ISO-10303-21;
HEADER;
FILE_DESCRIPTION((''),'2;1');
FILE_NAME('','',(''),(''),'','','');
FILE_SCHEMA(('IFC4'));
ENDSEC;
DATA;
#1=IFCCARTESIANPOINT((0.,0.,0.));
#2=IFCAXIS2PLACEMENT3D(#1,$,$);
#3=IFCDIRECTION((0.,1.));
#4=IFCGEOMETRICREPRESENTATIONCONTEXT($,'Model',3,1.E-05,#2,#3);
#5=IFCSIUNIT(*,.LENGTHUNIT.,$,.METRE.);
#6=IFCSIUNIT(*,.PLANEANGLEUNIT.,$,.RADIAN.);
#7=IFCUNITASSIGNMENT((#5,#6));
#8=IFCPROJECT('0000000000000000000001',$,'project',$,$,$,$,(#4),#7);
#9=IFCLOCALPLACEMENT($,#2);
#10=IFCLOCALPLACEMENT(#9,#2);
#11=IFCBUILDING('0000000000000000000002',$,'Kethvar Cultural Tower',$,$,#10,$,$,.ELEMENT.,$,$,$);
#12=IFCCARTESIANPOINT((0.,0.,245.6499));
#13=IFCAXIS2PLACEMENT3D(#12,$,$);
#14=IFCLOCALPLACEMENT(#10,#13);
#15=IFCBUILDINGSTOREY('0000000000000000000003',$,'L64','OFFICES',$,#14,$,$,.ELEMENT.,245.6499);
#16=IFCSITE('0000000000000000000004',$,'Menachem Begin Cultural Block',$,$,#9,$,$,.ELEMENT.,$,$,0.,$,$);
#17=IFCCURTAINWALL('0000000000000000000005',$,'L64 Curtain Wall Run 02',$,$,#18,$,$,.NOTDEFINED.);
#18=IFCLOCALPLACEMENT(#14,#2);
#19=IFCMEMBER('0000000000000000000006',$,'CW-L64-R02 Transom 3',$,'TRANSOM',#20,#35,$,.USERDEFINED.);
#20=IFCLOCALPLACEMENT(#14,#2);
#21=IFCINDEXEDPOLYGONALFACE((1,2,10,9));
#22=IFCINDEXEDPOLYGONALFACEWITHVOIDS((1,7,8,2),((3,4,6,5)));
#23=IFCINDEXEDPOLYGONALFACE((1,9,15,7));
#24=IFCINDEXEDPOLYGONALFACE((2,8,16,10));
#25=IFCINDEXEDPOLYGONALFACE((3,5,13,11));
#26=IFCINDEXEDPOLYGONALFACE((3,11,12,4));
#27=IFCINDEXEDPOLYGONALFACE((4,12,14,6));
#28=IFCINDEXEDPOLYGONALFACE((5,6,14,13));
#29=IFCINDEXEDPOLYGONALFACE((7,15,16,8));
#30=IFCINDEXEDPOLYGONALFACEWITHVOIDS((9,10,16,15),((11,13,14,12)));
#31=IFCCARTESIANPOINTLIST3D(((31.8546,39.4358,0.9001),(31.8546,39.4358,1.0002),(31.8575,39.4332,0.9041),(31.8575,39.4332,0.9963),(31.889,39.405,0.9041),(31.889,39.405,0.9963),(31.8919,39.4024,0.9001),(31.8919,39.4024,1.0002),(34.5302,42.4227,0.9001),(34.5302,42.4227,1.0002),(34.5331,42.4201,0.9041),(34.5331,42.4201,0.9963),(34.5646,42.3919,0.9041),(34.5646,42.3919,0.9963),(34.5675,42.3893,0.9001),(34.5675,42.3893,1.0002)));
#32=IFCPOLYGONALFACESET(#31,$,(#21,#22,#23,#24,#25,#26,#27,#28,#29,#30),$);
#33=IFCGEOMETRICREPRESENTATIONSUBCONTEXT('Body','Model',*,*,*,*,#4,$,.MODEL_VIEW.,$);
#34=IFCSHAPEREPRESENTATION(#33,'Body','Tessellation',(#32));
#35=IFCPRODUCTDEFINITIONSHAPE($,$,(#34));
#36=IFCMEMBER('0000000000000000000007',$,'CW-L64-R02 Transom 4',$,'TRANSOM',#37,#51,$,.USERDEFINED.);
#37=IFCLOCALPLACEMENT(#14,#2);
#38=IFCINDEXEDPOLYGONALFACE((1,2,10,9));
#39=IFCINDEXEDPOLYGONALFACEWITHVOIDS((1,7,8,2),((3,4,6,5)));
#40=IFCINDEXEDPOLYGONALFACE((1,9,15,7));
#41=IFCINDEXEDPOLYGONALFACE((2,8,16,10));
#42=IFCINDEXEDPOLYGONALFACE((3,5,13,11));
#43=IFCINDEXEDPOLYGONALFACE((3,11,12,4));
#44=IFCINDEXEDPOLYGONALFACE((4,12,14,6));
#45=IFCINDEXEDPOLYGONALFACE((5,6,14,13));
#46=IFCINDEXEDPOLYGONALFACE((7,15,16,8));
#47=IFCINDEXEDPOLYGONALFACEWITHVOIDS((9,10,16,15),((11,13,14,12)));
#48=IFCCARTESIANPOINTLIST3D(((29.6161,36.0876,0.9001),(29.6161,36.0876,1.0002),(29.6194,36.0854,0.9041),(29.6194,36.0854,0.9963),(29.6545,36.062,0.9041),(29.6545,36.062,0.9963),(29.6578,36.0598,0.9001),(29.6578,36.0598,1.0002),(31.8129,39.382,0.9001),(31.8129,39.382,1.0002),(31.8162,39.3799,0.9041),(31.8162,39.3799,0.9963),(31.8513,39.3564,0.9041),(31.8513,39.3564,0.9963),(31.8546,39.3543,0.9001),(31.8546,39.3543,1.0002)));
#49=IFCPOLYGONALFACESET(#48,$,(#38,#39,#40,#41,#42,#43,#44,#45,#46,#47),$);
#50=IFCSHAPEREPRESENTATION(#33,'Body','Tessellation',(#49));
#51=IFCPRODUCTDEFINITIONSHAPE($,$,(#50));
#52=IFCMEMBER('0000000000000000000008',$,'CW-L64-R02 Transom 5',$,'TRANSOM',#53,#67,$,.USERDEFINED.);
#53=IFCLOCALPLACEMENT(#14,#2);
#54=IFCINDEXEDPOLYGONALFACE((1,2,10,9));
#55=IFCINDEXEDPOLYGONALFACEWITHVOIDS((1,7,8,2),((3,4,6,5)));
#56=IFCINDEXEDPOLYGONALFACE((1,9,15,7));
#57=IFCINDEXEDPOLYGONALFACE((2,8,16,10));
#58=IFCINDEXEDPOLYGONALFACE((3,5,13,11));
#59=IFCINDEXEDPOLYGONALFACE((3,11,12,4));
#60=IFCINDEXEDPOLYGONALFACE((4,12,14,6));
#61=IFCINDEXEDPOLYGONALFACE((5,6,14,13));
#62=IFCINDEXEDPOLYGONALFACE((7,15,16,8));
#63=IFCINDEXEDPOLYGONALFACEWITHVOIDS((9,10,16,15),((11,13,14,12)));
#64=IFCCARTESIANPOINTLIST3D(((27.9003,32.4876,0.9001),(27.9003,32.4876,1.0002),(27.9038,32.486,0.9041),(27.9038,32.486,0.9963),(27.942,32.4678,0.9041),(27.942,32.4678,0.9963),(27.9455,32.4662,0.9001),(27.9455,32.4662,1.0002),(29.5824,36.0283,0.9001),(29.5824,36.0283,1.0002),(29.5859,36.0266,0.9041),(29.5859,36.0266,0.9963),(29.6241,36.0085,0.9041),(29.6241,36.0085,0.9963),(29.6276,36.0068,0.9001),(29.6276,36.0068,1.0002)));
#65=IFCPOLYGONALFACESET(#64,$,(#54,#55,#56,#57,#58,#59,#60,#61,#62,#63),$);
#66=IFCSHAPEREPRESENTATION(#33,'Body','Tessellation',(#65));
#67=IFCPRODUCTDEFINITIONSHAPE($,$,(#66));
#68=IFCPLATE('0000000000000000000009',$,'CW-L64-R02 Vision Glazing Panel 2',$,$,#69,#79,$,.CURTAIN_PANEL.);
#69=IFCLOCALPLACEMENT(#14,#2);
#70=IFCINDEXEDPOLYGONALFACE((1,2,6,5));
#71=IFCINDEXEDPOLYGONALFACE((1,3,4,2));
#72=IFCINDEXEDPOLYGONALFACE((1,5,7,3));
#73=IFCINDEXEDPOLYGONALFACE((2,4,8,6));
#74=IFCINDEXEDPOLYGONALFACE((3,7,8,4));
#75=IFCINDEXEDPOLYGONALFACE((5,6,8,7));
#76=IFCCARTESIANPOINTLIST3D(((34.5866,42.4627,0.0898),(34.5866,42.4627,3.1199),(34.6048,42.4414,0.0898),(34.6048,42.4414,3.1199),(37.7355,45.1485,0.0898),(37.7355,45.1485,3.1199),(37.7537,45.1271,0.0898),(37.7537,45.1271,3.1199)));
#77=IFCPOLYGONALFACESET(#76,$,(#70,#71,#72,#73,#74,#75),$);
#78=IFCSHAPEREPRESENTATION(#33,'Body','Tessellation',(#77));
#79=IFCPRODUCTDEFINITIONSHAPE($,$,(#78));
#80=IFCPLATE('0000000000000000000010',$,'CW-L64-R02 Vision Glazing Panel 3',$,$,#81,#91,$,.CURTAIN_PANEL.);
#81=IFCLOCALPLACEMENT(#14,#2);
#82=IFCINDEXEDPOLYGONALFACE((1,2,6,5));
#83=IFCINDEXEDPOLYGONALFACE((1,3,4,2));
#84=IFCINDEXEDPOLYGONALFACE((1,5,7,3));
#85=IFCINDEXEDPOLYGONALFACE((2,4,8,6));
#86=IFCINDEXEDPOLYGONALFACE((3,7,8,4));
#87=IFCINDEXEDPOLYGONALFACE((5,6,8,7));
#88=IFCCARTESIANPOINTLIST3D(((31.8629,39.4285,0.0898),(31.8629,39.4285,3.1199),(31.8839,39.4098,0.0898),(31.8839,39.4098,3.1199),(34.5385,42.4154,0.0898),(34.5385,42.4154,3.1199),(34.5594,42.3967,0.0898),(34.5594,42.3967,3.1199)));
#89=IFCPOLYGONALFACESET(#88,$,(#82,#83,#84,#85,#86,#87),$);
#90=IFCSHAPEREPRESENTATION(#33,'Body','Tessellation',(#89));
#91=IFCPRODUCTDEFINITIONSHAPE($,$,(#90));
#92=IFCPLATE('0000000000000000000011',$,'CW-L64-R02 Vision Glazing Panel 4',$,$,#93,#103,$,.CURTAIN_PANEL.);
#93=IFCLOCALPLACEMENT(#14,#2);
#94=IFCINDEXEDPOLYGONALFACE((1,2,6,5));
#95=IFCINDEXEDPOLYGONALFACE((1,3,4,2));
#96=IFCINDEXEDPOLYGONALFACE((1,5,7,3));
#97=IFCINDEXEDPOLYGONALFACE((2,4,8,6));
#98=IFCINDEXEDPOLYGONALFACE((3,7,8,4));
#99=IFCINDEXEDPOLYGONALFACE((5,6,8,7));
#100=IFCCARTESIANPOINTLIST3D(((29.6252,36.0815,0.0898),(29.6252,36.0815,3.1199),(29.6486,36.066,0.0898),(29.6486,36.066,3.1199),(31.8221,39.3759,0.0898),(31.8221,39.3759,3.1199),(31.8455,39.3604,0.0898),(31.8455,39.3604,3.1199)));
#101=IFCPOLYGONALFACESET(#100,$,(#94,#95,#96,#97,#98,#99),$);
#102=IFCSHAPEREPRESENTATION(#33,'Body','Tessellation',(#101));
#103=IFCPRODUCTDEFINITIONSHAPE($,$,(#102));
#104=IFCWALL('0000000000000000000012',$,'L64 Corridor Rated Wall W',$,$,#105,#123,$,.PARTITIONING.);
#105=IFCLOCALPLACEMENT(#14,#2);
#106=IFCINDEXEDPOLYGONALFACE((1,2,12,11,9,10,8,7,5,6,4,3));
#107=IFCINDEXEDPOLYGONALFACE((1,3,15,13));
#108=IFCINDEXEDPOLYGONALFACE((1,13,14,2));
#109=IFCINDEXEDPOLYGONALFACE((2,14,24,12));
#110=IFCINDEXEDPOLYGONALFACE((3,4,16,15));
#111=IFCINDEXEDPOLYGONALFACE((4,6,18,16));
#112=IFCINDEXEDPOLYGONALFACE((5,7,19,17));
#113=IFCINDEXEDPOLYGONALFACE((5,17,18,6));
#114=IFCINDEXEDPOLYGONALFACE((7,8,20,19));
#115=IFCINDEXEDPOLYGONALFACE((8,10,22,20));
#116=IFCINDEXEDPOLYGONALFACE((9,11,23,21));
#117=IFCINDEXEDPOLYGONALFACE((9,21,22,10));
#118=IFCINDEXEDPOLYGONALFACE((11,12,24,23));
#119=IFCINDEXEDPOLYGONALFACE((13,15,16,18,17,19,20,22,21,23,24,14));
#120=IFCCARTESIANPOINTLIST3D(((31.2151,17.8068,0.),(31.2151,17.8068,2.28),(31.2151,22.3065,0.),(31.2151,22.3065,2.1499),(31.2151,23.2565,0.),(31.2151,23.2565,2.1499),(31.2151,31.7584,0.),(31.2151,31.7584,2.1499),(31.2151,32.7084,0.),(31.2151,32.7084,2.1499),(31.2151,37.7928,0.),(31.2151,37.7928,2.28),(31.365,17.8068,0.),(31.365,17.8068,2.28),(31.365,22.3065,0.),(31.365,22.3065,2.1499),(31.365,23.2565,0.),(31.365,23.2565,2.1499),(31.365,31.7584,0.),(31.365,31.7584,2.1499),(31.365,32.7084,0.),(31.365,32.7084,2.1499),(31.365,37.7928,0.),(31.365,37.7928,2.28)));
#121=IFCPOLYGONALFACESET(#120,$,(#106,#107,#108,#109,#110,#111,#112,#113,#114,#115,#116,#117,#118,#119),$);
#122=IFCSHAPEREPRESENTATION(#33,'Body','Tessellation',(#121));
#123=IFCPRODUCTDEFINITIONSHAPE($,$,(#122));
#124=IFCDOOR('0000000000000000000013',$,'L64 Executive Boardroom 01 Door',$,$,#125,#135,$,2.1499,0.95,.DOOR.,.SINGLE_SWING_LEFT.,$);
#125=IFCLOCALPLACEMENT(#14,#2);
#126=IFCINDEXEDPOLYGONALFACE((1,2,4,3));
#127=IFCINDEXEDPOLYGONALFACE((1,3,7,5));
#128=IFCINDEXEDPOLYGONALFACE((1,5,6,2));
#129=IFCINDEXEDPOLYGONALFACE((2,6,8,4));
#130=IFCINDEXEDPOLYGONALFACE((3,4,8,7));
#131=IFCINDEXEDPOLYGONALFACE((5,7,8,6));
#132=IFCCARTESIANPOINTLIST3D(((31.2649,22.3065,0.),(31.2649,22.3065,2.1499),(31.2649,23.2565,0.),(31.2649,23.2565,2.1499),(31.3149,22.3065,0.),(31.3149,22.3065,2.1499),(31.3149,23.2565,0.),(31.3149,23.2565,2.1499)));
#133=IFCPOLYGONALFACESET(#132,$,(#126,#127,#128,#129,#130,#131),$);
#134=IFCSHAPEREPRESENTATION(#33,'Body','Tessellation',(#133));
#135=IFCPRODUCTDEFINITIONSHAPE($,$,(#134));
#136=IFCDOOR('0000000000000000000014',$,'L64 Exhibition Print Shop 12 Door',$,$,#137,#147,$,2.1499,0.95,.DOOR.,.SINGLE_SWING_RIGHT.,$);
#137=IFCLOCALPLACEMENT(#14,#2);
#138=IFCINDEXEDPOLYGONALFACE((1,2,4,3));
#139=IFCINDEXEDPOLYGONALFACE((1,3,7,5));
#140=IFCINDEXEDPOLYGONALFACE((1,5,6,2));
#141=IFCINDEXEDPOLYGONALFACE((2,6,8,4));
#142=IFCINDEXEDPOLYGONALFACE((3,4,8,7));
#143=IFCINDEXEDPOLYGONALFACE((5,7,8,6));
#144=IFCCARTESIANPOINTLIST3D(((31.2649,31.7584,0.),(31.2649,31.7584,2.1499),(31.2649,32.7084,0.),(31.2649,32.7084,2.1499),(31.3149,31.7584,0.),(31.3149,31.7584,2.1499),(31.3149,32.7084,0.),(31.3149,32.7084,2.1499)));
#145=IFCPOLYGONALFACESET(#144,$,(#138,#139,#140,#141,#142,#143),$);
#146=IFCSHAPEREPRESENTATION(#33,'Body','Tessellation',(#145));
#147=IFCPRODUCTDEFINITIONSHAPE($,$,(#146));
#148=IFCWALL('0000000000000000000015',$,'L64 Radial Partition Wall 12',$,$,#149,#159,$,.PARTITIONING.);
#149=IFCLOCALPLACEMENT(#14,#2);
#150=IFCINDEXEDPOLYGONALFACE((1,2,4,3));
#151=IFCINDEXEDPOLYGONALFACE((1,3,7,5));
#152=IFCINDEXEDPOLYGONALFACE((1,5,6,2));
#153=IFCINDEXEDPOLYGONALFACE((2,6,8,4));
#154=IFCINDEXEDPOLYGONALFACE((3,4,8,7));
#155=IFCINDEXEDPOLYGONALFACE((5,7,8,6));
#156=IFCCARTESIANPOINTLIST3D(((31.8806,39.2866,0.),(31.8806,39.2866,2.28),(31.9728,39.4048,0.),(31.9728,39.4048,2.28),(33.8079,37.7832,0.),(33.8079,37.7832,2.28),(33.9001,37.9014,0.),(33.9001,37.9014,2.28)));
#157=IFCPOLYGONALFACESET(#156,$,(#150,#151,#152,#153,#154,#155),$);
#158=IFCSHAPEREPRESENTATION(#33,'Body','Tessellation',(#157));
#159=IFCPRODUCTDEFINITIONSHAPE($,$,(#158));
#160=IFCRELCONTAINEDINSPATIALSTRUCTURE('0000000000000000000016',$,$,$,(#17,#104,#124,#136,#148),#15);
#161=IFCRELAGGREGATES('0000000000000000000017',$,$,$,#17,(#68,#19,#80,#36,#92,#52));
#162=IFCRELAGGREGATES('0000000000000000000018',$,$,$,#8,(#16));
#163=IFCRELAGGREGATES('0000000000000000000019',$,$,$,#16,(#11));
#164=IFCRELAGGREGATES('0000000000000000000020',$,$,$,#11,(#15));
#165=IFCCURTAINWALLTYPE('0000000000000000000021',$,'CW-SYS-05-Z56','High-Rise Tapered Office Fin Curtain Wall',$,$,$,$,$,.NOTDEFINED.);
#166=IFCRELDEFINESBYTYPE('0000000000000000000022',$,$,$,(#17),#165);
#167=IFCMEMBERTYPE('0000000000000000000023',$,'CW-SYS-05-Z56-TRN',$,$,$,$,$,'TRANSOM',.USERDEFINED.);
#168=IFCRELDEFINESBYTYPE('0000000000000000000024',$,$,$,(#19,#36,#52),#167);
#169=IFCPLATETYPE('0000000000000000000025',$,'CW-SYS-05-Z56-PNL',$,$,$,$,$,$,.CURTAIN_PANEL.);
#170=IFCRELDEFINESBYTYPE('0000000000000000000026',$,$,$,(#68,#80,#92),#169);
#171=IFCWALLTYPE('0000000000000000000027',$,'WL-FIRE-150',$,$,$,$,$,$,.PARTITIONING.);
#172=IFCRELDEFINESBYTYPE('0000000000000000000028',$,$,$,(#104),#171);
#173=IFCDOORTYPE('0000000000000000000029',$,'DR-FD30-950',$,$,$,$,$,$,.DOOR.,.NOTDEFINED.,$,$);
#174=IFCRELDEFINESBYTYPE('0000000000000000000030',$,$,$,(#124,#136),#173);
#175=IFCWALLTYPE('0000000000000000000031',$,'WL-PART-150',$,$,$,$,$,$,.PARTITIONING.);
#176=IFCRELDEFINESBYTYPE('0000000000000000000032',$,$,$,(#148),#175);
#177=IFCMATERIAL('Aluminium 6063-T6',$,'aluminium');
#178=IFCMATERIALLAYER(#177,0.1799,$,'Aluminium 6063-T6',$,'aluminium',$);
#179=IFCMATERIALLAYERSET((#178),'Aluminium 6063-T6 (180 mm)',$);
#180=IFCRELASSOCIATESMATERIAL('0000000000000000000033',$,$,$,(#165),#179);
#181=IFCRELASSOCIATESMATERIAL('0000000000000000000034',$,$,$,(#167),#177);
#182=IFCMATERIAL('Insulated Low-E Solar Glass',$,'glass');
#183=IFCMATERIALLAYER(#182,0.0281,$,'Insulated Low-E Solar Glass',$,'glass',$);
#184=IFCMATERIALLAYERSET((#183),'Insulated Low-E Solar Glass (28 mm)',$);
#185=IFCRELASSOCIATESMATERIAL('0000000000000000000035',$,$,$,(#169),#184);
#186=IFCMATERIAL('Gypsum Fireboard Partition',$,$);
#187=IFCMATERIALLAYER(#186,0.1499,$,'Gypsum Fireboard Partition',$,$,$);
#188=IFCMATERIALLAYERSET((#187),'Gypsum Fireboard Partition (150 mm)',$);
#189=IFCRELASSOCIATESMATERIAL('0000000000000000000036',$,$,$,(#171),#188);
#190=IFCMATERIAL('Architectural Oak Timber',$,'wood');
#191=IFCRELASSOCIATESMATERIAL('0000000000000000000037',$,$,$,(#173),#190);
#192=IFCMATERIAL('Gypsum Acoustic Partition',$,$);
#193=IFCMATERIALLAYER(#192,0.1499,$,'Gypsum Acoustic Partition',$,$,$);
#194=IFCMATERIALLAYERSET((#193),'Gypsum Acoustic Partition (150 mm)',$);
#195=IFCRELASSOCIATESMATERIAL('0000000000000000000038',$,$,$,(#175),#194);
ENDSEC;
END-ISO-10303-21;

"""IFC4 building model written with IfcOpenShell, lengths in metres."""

from ifc_helpers import new_model, si_unit, direction, frame, frame_2d, origin, origin_2d, place, context, subcontext, project, spatial, rectangle, hollow_rectangle, extrude, source, transform, mapped, material, layer, layer_set, material_profile, profile_set, type_object, element, fill, aggregate, save


model = new_model("IFC4")

# Units and contexts
model_context = context("Model", 3, precision=1e-05, world=origin(), true_north=direction((0.0, 1.0)))
body_context = subcontext(model_context, "Body", "Model", "MODEL_VIEW")
ifc_project = project(units=[si_unit("LENGTHUNIT", "METRE"), si_unit("PLANEANGLEUNIT", "RADIAN")], contexts=[model_context])

# Site, building, storey
site_placement = place(None, origin())
site = spatial("IfcSite", under=ifc_project, at=site_placement, Name="Menachem Begin Cultural Block", CompositionType="ELEMENT", RefElevation=0.0)
building_placement = place(site_placement, origin())
building = spatial("IfcBuilding", under=site, at=building_placement, Name="Kethvar Cultural Tower", CompositionType="ELEMENT")
storey_placement = place(building_placement, frame((0.0, 0.0, 245.6499)))
storey = spatial("IfcBuildingStorey", under=building, at=storey_placement, Name="L64", Description="OFFICES", CompositionType="ELEMENT", Elevation=245.6499)

# Curtain wall, members, plates
ifc_material_1 = material(Name="Aluminium 6063-T6", Category="aluminium")
ifc_layer_1 = layer(ifc_material_1, 0.1799, Name="Aluminium 6063-T6", Category="aluminium")
ifc_layer_set_1 = layer_set([ifc_layer_1], Name="Aluminium 6063-T6 (180 mm)")
curtain_wall_type = type_object("IfcCurtainWallType", Name="CW-SYS-05-Z56", Description="High-Rise Tapered Office Fin Curtain Wall", PredefinedType="NOTDEFINED", material=ifc_layer_set_1)
curtain_wall_placement = place(storey_placement, origin())
curtain_wall = element("IfcCurtainWall", 1, at=curtain_wall_placement, inside=storey, type_object=curtain_wall_type, Name="L64 Curtain Wall Run 02", PredefinedType="NOTDEFINED")
ifc_material_profile_1 = material_profile(ifc_material_1, hollow_rectangle(XDim=0.05, YDim=0.1001, WallThickness=0.0039, at=origin_2d()), Name="Aluminium 6063-T6 — RHS100x50x4")
ifc_profile_set_1 = profile_set([ifc_material_profile_1], Name="Aluminium 6063-T6 — RHS100x50x4")
member_type_1 = type_object("IfcMemberType", Name="CW-SYS-05-Z56-TRN", ElementType="TRANSOM", PredefinedType="USERDEFINED", material=ifc_profile_set_1)
shared_shape_1 = source(origin(), body_context, "Body", "SweptSolid", [
    extrude(hollow_rectangle(XDim=0.05, YDim=0.1001, WallThickness=0.0039, at=origin_2d()), origin(), (0.0, 0.0, 1.0), 4.01),
])
member_1_placement = place(storey_placement, frame((34.5488, 42.406, 0.9502), z_axis=(-0.667227, -0.744854, 0.0), x_axis=(0.744854, -0.667227, 0.0)))
member_1 = element("IfcMember", 2, at=member_1_placement, type_object=member_type_1, Name="CW-L64-R02 Transom 3", ObjectType="TRANSOM", PredefinedType="USERDEFINED", context=body_context, shape_type="MappedRepresentation", body=[
    mapped(shared_shape_1, transform((0.0, 0.0, 0.0), scale=1.0)),
])
shared_shape_2 = source(origin(), body_context, "Body", "SweptSolid", [
    extrude(hollow_rectangle(XDim=0.05, YDim=0.1001, WallThickness=0.0039, at=origin_2d()), origin(), (0.0, 0.0, 1.0), 3.9597),
])
member_2_placement = place(storey_placement, frame((31.8337, 39.3682, 0.9502), z_axis=(-0.554786, -0.831993, 0.0), x_axis=(0.831993, -0.554786, 0.0)))
member_2 = element("IfcMember", 3, at=member_2_placement, type_object=member_type_1, Name="CW-L64-R02 Transom 4", ObjectType="TRANSOM", PredefinedType="USERDEFINED", context=body_context, shape_type="MappedRepresentation", body=[
    mapped(shared_shape_2, transform((0.0, 0.0, 0.0), scale=1.0)),
])
shared_shape_3 = source(origin(), body_context, "Body", "SweptSolid", [
    extrude(hollow_rectangle(XDim=0.05, YDim=0.1001, WallThickness=0.0039, at=origin_2d()), origin(), (0.0, 0.0, 1.0), 3.9199),
])
member_3_placement = place(storey_placement, frame((29.605, 36.0176, 0.9502), z_axis=(-0.429111, -0.903252, 0.0), x_axis=(0.903252, -0.429111, 0.0)))
member_3 = element("IfcMember", 4, at=member_3_placement, type_object=member_type_1, Name="CW-L64-R02 Transom 5", ObjectType="TRANSOM", PredefinedType="USERDEFINED", context=body_context, shape_type="MappedRepresentation", body=[
    mapped(shared_shape_3, transform((0.0, 0.0, 0.0), scale=1.0)),
])
ifc_material_2 = material(Name="Insulated Low-E Solar Glass", Category="glass")
ifc_layer_2 = layer(ifc_material_2, 0.0281, Name="Insulated Low-E Solar Glass", Category="glass")
ifc_layer_set_2 = layer_set([ifc_layer_2], Name="Insulated Low-E Solar Glass (28 mm)")
plate_type = type_object("IfcPlateType", Name="CW-SYS-05-Z56-PNL", PredefinedType="CURTAIN_PANEL", material=ifc_layer_set_2)
shared_shape_4 = source(origin(), body_context, "Body", "SweptSolid", [
    extrude(rectangle(XDim=4.1387, YDim=0.0281, at=origin_2d()), origin(), (0.0, 0.0, 1.0), 3.03),
])
plate_1_placement = place(storey_placement, frame((36.1702, 43.7949, 0.0898), z_axis=(0.0, 0.0, 1.0), x_axis=(-0.760837, -0.648944, 0.0)))
plate_1 = element("IfcPlate", 5, at=plate_1_placement, type_object=plate_type, Name="CW-L64-R02 Vision Glazing Panel 2", PredefinedType="CURTAIN_PANEL", context=body_context, shape_type="MappedRepresentation", body=[
    mapped(shared_shape_4, transform((0.0, 0.0, 0.0), scale=1.0)),
])
shared_shape_5 = source(origin(), body_context, "Body", "SweptSolid", [
    extrude(rectangle(XDim=4.01, YDim=0.0281, at=origin_2d()), origin(), (0.0, 0.0, 1.0), 3.03),
])
plate_2_placement = place(storey_placement, frame((33.2112, 40.9126, 0.0898), z_axis=(0.0, 0.0, 1.0), x_axis=(-0.667222, -0.744859, 0.0)))
plate_2 = element("IfcPlate", 6, at=plate_2_placement, type_object=plate_type, Name="CW-L64-R02 Vision Glazing Panel 3", PredefinedType="CURTAIN_PANEL", context=body_context, shape_type="MappedRepresentation", body=[
    mapped(shared_shape_5, transform((0.0, 0.0, 0.0), scale=1.0)),
])
shared_shape_6 = source(origin(), body_context, "Body", "SweptSolid", [
    extrude(rectangle(XDim=3.9597, YDim=0.0281, at=origin_2d()), origin(), (0.0, 0.0, 1.0), 3.03),
])
plate_3_placement = place(storey_placement, frame((30.7354, 37.7209, 0.0898), z_axis=(0.0, 0.0, 1.0), x_axis=(-0.554801, -0.831983, 0.0)))
plate_3 = element("IfcPlate", 7, at=plate_3_placement, type_object=plate_type, Name="CW-L64-R02 Vision Glazing Panel 4", PredefinedType="CURTAIN_PANEL", context=body_context, shape_type="MappedRepresentation", body=[
    mapped(shared_shape_6, transform((0.0, 0.0, 0.0), scale=1.0)),
])
aggregate(curtain_wall, [plate_1, member_1, plate_2, member_2, plate_3, member_3])

# Wall, openings, doors
ifc_material_3 = material(Name="Gypsum Fireboard Partition")
ifc_layer_3 = layer(ifc_material_3, 0.1499, Name="Gypsum Fireboard Partition")
ifc_layer_set_3 = layer_set([ifc_layer_3], Name="Gypsum Fireboard Partition (150 mm)")
wall_type_1 = type_object("IfcWallType", Name="WL-FIRE-150", PredefinedType="PARTITIONING", material=ifc_layer_set_3)
wall_1_placement = place(storey_placement, frame((31.29, 37.793, 0.0), z_axis=(0.0, 0.0, 1.0), x_axis=(0.0, -1.0, 0.0)))
wall_1 = element("IfcWall", 8, at=wall_1_placement, inside=storey, type_object=wall_type_1, Name="L64 Corridor Rated Wall W", PredefinedType="PARTITIONING", context=body_context, shape_type="SweptSolid", body=[
    extrude(rectangle(XDim=19.9861, YDim=0.1499, at=frame_2d((9.9932, 0.0))), origin(), (0.0, 0.0, 1.0), 2.28),
])
opening_1_placement = place(wall_1_placement, frame((14.5364, 0.0, 0.0)))
opening_1 = element("IfcOpeningElement", 9, at=opening_1_placement, cuts=wall_1, PredefinedType="OPENING", context=body_context, shape_type="SweptSolid", body=[
    extrude(rectangle(XDim=0.95, YDim=2.1499, at=frame_2d((0.4751, 1.075))), frame((0.0, 0.085, 0.0), z_axis=(0.0, -1.0, 0.0), x_axis=(1.0, 0.0, 0.0)), (0.0, 0.0, 1.0), 0.1699),
])
opening_2_placement = place(wall_1_placement, frame((5.0845, 0.0, 0.0)))
opening_2 = element("IfcOpeningElement", 10, at=opening_2_placement, cuts=wall_1, PredefinedType="OPENING", context=body_context, shape_type="SweptSolid", body=[
    extrude(rectangle(XDim=0.95, YDim=2.1499, at=frame_2d((0.4751, 1.075))), frame((0.0, 0.085, 0.0), z_axis=(0.0, -1.0, 0.0), x_axis=(1.0, 0.0, 0.0)), (0.0, 0.0, 1.0), 0.1699),
])
ifc_material_4 = material(Name="Architectural Oak Timber", Category="wood")
door_type = type_object("IfcDoorType", Name="DR-FD30-950", OperationType="NOTDEFINED", PredefinedType="DOOR", material=ifc_material_4)
shared_shape_7 = source(origin(), body_context, "Body", "SweptSolid", [
    extrude(rectangle(XDim=0.95, YDim=2.1499, at=frame_2d((0.4751, 1.075))), frame((0.0, 0.0249, 0.0), z_axis=(0.0, -1.0, 0.0), x_axis=(1.0, 0.0, 0.0)), (0.0, 0.0, 1.0), 0.05),
])
door_1_placement = place(opening_1_placement, origin())
door_1 = element("IfcDoor", 11, at=door_1_placement, inside=storey, type_object=door_type, Name="L64 Executive Boardroom 01 Door", OperationType="SINGLE_SWING_LEFT", OverallHeight=2.1499, OverallWidth=0.95, PredefinedType="DOOR", context=body_context, shape_type="MappedRepresentation", body=[
    mapped(shared_shape_7, transform((0.0, 0.0, 0.0), scale=1.0)),
])
fill(opening_1, door_1)
door_2_placement = place(opening_2_placement, origin())
door_2 = element("IfcDoor", 12, at=door_2_placement, inside=storey, type_object=door_type, Name="L64 Exhibition Print Shop 12 Door", OperationType="SINGLE_SWING_RIGHT", OverallHeight=2.1499, OverallWidth=0.95, PredefinedType="DOOR", context=body_context, shape_type="MappedRepresentation", body=[
    mapped(shared_shape_7, transform((0.0, 0.0, 0.0), scale=1.0)),
])
fill(opening_2, door_2)

# Wall
ifc_material_5 = material(Name="Gypsum Acoustic Partition")
ifc_layer_4 = layer(ifc_material_5, 0.1499, Name="Gypsum Acoustic Partition")
ifc_layer_set_4 = layer_set([ifc_layer_4], Name="Gypsum Acoustic Partition (150 mm)")
wall_type_2 = type_object("IfcWallType", Name="WL-PART-150", PredefinedType="PARTITIONING", material=ifc_layer_set_4)
wall_2_placement = place(storey_placement, frame((33.854, 37.8423, 0.0), z_axis=(0.0, 0.0, 1.0), x_axis=(-0.788469, 0.615074, 0.0)))
element("IfcWall", 13, at=wall_2_placement, inside=storey, type_object=wall_type_2, Name="L64 Radial Partition Wall 12", PredefinedType="PARTITIONING", context=body_context, shape_type="SweptSolid", body=[
    extrude(rectangle(XDim=2.4443, YDim=0.1499, at=frame_2d((1.2222, 0.0))), origin(), (0.0, 0.0, 1.0), 2.28),
])

save(model, "model.ifc")
